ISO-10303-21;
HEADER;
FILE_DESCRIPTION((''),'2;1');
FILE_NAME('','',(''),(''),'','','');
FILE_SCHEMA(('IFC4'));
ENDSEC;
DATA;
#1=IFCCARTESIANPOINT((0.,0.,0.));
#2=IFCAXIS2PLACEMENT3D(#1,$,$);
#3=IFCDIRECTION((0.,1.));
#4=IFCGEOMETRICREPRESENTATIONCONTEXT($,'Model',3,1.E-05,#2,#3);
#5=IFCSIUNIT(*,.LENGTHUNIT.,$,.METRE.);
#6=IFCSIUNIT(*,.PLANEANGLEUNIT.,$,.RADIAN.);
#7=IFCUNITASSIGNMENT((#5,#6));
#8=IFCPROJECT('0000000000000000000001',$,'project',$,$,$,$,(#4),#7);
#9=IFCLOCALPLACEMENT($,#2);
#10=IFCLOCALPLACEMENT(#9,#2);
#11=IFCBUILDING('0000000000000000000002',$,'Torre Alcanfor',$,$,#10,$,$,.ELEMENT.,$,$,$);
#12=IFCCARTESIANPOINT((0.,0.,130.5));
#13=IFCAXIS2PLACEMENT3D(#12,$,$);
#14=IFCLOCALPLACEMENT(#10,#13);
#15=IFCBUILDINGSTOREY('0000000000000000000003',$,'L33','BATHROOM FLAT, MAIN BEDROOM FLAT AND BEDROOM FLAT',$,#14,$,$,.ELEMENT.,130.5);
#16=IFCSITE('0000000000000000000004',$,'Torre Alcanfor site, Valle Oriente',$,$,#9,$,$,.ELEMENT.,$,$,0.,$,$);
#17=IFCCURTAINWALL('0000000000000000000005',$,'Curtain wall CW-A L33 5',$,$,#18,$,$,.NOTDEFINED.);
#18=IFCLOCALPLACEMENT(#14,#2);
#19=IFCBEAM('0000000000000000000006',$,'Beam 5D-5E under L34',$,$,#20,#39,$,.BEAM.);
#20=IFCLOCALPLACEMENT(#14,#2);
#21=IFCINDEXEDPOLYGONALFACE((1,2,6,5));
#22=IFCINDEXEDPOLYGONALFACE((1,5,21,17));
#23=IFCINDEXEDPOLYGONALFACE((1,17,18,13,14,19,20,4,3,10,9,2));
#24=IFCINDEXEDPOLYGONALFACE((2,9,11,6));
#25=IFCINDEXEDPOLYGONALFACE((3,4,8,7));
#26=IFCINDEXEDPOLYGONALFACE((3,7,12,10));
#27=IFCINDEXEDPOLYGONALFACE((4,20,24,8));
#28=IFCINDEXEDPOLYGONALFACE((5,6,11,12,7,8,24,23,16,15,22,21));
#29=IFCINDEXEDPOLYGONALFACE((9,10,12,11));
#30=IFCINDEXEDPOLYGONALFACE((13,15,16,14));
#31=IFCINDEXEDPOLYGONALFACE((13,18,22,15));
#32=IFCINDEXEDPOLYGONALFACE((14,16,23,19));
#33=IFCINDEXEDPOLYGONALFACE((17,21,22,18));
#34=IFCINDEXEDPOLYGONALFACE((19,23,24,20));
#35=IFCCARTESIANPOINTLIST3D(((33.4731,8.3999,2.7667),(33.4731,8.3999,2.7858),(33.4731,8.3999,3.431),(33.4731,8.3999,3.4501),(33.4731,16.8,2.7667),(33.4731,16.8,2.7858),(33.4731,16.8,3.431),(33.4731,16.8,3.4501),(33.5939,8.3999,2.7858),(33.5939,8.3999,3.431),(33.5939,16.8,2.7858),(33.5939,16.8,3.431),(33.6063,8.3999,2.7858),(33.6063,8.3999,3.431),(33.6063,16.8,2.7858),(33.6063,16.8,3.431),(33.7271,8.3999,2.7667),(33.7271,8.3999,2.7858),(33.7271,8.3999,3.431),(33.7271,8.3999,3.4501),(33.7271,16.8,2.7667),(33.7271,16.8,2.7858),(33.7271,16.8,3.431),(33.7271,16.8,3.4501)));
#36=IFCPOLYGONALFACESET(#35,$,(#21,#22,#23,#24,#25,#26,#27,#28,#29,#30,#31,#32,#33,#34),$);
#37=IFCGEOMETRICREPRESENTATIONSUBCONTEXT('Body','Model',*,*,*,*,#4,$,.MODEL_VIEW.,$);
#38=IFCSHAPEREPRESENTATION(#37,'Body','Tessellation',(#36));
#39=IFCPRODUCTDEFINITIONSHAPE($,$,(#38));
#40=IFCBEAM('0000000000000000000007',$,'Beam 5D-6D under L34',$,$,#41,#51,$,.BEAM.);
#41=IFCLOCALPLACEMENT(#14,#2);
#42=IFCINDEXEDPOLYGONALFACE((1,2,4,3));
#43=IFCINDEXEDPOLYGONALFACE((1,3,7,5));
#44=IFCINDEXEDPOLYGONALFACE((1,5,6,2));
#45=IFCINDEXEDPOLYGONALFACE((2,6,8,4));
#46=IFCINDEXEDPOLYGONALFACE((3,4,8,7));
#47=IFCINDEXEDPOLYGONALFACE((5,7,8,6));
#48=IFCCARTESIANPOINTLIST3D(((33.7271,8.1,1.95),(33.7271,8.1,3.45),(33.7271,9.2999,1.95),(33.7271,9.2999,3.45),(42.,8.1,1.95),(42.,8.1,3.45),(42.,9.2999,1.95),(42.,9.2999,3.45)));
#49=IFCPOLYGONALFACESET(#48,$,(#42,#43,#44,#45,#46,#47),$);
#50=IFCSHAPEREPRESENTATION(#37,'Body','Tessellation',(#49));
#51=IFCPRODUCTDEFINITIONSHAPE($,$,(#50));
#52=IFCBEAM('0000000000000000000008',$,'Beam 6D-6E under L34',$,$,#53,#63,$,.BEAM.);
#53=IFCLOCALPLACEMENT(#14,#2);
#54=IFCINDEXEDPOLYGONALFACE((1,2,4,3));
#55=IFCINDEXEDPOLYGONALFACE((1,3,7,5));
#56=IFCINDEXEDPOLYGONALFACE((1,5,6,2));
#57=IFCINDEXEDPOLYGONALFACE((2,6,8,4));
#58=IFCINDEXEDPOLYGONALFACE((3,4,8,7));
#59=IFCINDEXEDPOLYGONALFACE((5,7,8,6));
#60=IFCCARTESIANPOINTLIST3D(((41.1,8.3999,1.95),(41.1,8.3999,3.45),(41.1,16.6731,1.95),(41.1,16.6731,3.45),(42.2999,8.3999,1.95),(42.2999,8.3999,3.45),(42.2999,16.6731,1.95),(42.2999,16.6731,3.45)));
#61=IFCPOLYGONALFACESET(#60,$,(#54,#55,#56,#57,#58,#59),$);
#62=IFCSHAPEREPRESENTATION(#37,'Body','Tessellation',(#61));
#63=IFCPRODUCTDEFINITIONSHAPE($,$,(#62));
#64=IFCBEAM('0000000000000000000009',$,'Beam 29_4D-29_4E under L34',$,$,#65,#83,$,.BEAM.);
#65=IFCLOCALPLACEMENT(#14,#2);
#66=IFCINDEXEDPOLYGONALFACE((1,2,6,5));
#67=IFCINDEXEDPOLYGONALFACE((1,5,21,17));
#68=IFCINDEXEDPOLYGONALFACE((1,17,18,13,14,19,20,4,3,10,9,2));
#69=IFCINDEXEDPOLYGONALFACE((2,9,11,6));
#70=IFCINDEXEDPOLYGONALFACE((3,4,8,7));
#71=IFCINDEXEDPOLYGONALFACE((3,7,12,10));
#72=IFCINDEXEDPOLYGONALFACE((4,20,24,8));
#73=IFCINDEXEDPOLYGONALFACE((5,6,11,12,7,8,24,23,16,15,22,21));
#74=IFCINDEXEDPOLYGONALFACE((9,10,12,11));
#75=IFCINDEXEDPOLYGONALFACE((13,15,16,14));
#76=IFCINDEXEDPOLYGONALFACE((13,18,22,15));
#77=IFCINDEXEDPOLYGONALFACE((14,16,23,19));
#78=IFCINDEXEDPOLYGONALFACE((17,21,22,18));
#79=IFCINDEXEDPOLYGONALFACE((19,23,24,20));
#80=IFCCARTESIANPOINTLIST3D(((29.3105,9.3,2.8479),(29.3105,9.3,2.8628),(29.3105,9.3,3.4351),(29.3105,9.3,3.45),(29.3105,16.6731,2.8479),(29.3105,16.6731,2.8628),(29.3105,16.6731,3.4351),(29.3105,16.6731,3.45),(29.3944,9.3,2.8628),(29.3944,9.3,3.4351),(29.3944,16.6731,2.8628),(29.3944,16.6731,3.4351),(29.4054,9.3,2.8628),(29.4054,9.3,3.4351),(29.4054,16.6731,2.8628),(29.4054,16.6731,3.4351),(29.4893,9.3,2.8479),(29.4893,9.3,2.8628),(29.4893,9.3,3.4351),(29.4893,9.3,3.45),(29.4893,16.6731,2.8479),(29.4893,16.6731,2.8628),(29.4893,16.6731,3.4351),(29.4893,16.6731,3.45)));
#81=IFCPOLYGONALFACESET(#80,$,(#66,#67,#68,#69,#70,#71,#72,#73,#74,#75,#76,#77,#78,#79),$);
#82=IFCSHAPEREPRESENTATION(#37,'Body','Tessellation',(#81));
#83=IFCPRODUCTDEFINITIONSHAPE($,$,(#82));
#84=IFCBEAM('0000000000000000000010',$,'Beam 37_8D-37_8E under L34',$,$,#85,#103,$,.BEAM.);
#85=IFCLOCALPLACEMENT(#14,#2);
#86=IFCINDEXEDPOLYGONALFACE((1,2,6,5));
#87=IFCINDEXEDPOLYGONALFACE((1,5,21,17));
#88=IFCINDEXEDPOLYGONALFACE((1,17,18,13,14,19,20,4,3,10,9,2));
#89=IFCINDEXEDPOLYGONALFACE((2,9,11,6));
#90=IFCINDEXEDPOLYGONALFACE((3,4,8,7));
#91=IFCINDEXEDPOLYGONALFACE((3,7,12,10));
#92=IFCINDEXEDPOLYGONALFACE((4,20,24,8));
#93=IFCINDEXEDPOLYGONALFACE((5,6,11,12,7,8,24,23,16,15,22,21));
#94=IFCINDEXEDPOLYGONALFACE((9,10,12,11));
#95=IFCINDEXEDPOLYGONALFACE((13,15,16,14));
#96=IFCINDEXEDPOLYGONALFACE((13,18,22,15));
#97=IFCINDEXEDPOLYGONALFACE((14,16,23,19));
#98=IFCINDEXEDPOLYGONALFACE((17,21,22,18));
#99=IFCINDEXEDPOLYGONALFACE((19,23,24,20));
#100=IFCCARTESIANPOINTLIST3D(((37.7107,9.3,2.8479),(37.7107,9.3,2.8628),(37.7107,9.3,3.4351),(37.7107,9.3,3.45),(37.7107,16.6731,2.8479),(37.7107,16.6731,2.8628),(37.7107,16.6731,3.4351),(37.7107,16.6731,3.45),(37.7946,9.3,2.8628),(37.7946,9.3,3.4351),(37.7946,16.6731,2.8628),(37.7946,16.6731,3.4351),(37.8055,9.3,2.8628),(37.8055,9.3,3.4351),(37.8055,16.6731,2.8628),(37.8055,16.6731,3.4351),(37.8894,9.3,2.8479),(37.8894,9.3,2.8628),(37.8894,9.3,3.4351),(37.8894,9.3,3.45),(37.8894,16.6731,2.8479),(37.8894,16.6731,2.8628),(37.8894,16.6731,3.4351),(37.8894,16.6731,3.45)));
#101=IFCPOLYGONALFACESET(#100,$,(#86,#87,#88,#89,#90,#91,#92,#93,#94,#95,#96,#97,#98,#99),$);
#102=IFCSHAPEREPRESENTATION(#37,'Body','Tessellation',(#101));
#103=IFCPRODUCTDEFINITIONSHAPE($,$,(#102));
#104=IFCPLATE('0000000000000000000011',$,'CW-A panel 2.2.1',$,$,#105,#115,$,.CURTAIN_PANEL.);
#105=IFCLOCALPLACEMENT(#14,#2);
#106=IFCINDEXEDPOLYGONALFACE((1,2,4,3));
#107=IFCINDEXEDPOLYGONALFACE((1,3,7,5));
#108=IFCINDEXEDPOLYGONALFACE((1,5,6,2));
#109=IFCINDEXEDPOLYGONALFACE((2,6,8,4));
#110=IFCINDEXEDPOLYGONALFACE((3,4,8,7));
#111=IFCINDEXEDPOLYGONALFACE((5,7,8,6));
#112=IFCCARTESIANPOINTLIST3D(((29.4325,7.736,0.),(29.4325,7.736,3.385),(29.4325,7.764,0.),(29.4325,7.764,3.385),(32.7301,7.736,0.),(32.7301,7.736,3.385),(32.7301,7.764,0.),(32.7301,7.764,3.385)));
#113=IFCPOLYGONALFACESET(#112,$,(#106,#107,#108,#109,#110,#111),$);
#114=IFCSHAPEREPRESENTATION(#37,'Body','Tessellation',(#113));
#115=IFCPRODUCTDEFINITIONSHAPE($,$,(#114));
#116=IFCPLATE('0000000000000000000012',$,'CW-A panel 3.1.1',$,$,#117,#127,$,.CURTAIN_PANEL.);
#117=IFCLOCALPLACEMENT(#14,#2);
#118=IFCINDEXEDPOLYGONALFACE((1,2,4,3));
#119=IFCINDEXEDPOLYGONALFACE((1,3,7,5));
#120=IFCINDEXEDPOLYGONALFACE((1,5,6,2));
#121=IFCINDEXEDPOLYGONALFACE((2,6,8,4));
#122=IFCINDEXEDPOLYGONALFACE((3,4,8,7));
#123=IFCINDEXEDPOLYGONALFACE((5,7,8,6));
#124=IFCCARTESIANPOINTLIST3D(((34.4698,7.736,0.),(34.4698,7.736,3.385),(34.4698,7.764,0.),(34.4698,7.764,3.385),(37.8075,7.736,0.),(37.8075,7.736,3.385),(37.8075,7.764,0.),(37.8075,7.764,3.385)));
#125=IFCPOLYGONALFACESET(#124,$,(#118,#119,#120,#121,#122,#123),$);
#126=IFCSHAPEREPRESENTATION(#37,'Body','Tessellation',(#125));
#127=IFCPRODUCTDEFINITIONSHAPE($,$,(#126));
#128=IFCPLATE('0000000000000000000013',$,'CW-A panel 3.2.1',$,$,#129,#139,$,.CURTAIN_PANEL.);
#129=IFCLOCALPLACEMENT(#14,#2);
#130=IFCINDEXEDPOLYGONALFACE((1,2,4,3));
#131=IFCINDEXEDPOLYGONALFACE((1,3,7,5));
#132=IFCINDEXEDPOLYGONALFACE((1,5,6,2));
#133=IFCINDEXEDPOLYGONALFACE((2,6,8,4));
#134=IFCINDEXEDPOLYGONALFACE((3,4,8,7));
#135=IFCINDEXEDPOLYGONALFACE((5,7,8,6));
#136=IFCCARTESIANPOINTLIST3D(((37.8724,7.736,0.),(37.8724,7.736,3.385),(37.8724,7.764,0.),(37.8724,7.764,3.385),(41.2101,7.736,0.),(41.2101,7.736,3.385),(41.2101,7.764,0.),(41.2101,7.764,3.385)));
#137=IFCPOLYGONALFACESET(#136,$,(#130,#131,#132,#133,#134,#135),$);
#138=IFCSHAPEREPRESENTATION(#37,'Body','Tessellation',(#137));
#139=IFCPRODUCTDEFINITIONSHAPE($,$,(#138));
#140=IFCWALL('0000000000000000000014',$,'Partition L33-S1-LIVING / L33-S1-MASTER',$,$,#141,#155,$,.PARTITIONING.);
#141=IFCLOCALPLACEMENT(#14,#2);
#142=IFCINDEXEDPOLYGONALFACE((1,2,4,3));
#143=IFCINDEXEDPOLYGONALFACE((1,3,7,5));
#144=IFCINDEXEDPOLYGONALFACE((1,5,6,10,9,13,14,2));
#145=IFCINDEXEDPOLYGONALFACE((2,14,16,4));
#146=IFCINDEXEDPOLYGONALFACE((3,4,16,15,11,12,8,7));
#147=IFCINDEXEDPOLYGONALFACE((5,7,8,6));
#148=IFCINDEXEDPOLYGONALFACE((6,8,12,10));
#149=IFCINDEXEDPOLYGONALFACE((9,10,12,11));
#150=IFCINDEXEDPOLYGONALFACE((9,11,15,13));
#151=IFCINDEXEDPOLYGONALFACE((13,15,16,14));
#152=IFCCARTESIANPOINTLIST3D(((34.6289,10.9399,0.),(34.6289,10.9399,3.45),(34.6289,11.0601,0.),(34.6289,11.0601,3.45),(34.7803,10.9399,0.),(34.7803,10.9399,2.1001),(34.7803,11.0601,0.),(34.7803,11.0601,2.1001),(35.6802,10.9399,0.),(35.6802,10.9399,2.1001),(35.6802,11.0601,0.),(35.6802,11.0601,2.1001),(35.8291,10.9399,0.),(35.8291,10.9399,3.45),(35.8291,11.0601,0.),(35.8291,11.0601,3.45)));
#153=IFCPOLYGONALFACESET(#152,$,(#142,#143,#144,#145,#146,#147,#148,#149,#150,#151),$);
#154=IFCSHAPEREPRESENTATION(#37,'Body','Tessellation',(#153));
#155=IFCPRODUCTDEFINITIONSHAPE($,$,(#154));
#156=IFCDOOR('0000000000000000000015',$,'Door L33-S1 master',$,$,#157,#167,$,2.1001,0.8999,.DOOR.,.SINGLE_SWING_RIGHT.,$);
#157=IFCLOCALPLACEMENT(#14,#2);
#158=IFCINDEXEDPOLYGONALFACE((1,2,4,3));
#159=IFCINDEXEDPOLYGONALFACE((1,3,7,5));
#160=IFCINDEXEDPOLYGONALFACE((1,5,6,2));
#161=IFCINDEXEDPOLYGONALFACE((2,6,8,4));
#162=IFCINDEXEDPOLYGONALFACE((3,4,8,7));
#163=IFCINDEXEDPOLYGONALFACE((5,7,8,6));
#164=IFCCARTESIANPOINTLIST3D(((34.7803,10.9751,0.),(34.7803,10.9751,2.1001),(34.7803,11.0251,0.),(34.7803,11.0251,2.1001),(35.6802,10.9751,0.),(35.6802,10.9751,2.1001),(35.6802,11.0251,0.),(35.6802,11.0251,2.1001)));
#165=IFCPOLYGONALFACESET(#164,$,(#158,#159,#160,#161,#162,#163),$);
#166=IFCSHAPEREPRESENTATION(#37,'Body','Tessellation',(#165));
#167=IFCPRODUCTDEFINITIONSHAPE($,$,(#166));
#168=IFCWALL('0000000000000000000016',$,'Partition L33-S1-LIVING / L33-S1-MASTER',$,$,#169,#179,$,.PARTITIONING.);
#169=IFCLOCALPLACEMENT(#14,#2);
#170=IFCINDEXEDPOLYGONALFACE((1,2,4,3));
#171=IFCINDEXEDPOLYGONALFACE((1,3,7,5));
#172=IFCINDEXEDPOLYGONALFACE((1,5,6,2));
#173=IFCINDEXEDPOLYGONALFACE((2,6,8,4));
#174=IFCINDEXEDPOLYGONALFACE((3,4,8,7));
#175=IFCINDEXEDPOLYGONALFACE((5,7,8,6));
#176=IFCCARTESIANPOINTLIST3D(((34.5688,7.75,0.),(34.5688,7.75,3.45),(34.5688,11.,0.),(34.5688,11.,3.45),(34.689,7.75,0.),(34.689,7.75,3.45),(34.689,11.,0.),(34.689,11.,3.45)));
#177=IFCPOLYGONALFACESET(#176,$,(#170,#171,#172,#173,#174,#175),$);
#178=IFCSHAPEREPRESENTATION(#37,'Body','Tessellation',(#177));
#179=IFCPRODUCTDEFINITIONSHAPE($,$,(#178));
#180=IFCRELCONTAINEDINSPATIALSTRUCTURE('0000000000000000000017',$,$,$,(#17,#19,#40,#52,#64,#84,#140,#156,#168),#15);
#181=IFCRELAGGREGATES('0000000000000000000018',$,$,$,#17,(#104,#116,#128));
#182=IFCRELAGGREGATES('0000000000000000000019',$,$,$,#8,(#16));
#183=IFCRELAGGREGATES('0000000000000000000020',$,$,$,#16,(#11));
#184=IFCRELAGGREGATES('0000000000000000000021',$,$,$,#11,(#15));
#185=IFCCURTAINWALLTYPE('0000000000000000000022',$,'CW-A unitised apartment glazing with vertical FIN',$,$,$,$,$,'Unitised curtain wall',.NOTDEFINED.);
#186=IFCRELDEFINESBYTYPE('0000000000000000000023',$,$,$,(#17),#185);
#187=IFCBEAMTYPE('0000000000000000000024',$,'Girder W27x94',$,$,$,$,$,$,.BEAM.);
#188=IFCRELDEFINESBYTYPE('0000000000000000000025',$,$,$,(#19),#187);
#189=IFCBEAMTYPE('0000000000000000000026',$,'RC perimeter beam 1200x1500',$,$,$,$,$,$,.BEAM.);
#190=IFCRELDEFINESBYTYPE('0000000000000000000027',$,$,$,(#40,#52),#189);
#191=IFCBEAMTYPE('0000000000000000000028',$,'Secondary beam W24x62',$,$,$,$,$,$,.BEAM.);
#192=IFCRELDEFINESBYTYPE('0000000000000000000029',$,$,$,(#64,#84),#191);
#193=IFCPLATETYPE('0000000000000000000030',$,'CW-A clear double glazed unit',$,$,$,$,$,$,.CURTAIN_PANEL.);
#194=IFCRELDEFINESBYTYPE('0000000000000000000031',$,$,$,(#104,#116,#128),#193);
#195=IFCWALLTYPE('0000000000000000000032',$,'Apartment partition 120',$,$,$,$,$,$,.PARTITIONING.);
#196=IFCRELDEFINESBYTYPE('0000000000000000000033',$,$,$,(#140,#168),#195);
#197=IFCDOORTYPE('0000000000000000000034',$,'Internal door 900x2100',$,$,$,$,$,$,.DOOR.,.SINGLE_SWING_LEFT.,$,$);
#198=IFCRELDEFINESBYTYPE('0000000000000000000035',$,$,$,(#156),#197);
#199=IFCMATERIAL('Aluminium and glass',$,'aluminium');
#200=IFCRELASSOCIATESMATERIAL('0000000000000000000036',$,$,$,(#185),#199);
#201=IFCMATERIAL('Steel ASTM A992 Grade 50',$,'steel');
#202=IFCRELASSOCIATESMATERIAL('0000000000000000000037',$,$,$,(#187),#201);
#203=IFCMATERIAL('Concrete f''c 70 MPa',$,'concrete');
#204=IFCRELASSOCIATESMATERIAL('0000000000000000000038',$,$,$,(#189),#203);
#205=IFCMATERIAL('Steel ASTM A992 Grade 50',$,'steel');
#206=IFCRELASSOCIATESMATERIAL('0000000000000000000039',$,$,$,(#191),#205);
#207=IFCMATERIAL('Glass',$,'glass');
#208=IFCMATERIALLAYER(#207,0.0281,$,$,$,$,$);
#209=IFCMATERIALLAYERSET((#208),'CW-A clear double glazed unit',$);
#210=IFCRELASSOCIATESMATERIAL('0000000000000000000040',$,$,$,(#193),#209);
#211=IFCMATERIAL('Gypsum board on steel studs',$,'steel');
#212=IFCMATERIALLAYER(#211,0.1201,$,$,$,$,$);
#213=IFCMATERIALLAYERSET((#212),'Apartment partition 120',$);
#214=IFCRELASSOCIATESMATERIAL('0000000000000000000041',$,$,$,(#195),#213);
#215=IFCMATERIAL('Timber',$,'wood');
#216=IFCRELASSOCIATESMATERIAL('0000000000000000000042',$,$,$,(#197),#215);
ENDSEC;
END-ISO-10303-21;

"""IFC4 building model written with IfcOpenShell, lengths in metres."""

from ifc_helpers import new_model, si_unit, direction, frame, frame_2d, origin, origin_2d, place, context, subcontext, project, spatial, rectangle, i_section, extrude, material, layer, layer_set, material_profile, profile_set, type_object, element, fill, aggregate, save


model = new_model("IFC4")

# Units and contexts
model_context = context("Model", 3, precision=1e-05, world=origin(), true_north=direction((0.0, 1.0)))
body_context = subcontext(model_context, "Body", "Model", "MODEL_VIEW")
ifc_project = project(units=[si_unit("LENGTHUNIT", "METRE"), si_unit("PLANEANGLEUNIT", "RADIAN")], contexts=[model_context])

# Site, building, storey
site_placement = place(None, origin())
site = spatial("IfcSite", under=ifc_project, at=site_placement, Name="Torre Alcanfor site, Valle Oriente", CompositionType="ELEMENT", RefElevation=0.0)
building_placement = place(site_placement, origin())
building = spatial("IfcBuilding", under=site, at=building_placement, Name="Torre Alcanfor", CompositionType="ELEMENT")
storey_placement = place(building_placement, frame((0.0, 0.0, 130.5)))
storey = spatial("IfcBuildingStorey", under=building, at=storey_placement, Name="L33", Description="BATHROOM FLAT, MAIN BEDROOM FLAT AND BEDROOM FLAT", CompositionType="ELEMENT", Elevation=130.5)

# Curtain wall
ifc_material_1 = material(Name="Aluminium and glass", Category="aluminium")
curtain_wall_type = type_object("IfcCurtainWallType", Name="CW-A unitised apartment glazing with vertical FIN", ElementType="Unitised curtain wall", PredefinedType="NOTDEFINED", material=ifc_material_1)
curtain_wall_placement = place(storey_placement, origin())
curtain_wall = element("IfcCurtainWall", 1, at=curtain_wall_placement, inside=storey, type_object=curtain_wall_type, Name="Curtain wall CW-A L33 5", PredefinedType="NOTDEFINED")

# Beams
ifc_material_2 = material(Name="Steel ASTM A992 Grade 50", Category="steel")
ifc_material_profile_1 = material_profile(ifc_material_2, i_section(OverallWidth=0.2539, OverallDepth=0.6833, WebThickness=0.0125, FlangeThickness=0.019, at=origin_2d()), Name="W27x94")
ifc_profile_set_1 = profile_set([ifc_material_profile_1], Name="Steel ASTM A992 Grade 50")
beam_type_1 = type_object("IfcBeamType", Name="Girder W27x94", PredefinedType="BEAM", material=ifc_profile_set_1)
beam_1_placement = place(storey_placement, frame((33.6001, 8.3999, 3.1084), z_axis=(0.0, 1.0, 0.0), x_axis=(-1.0, 0.0, 0.0)))
element("IfcBeam", 2, at=beam_1_placement, inside=storey, type_object=beam_type_1, Name="Beam 5D-5E under L34", PredefinedType="BEAM", context=body_context, shape_type="SweptSolid", body=[
    extrude(i_section(OverallWidth=0.2539, OverallDepth=0.6833, WebThickness=0.0125, FlangeThickness=0.019, at=origin_2d()), origin(), (0.0, 0.0, 1.0), 8.4001),
])
ifc_material_3 = material(Name="Concrete f'c 70 MPa", Category="concrete")
ifc_material_profile_2 = material_profile(ifc_material_3, rectangle(XDim=1.2, YDim=1.5, at=origin_2d()), Name="1200x1500")
ifc_profile_set_2 = profile_set([ifc_material_profile_2], Name="Concrete f'c 70 MPa")
beam_type_2 = type_object("IfcBeamType", Name="RC perimeter beam 1200x1500", PredefinedType="BEAM", material=ifc_profile_set_2)
beam_2_placement = place(storey_placement, frame((33.7271, 8.7, 2.7), z_axis=(1.0, 0.0, 0.0), x_axis=(0.0, 1.0, 0.0)))
element("IfcBeam", 3, at=beam_2_placement, inside=storey, type_object=beam_type_2, Name="Beam 5D-6D under L34", PredefinedType="BEAM", context=body_context, shape_type="SweptSolid", body=[
    extrude(rectangle(XDim=1.2, YDim=1.5, at=origin_2d()), origin(), (0.0, 0.0, 1.0), 8.2729),
])
beam_3_placement = place(storey_placement, frame((41.7, 8.3999, 2.7), z_axis=(0.0, 1.0, 0.0), x_axis=(-1.0, 0.0, 0.0)))
element("IfcBeam", 4, at=beam_3_placement, inside=storey, type_object=beam_type_2, Name="Beam 6D-6E under L34", PredefinedType="BEAM", context=body_context, shape_type="SweptSolid", body=[
    extrude(rectangle(XDim=1.2, YDim=1.5, at=origin_2d()), origin(), (0.0, 0.0, 1.0), 8.2732),
])
ifc_material_4 = material(Name="Steel ASTM A992 Grade 50", Category="steel")
ifc_material_profile_3 = material_profile(ifc_material_4, i_section(OverallWidth=0.1787, OverallDepth=0.6021, WebThickness=0.011, FlangeThickness=0.0149, at=origin_2d()), Name="W24x62")
ifc_profile_set_3 = profile_set([ifc_material_profile_3], Name="Steel ASTM A992 Grade 50")
beam_type_3 = type_object("IfcBeamType", Name="Secondary beam W24x62", PredefinedType="BEAM", material=ifc_profile_set_3)
for number, where, z_axis, x_axis, name in (
    (5, (29.3999, 9.3, 3.1489), (0.0, 1.0, 0.0), (-1.0, 0.0, 0.0), "Beam 29_4D-29_4E under L34"),
    (6, (37.8, 9.3, 3.1489), (0.0, 1.0, 0.0), (-1.0, 0.0, 0.0), "Beam 37_8D-37_8E under L34"),
):
    element("IfcBeam", number, at=place(storey_placement, frame(where, z_axis=z_axis, x_axis=x_axis)), inside=storey, type_object=beam_type_3, Name=name, PredefinedType="BEAM", context=body_context, shape_type="SweptSolid", body=[
        extrude(i_section(OverallWidth=0.1787, OverallDepth=0.6021, WebThickness=0.011, FlangeThickness=0.0149, at=origin_2d()), origin(), (0.0, 0.0, 1.0), 7.373),
    ])

# Plates
ifc_material_5 = material(Name="Glass", Category="glass")
ifc_layer_1 = layer(ifc_material_5, 0.0281)
ifc_layer_set_1 = layer_set([ifc_layer_1], Name="CW-A clear double glazed unit")
plate_type = type_object("IfcPlateType", Name="CW-A clear double glazed unit", PredefinedType="CURTAIN_PANEL", material=ifc_layer_set_1)
plate_1_placement = place(storey_placement, frame((31.0813, 7.75, 0.0), z_axis=(0.0, 0.0, 1.0), x_axis=(1.0, 0.0, 0.0)))
plate_1 = element("IfcPlate", 7, at=plate_1_placement, type_object=plate_type, Name="CW-A panel 2.2.1", PredefinedType="CURTAIN_PANEL", context=body_context, shape_type="SweptSolid", body=[
    extrude(rectangle(XDim=3.2976, YDim=0.0281, at=origin_2d()), origin(), (0.0, 0.0, 1.0), 3.385),
])
plate_2_placement = place(storey_placement, frame((36.1387, 7.75, 0.0), z_axis=(0.0, 0.0, 1.0), x_axis=(1.0, 0.0, 0.0)))
plate_2 = element("IfcPlate", 8, at=plate_2_placement, type_object=plate_type, Name="CW-A panel 3.1.1", PredefinedType="CURTAIN_PANEL", context=body_context, shape_type="SweptSolid", body=[
    extrude(rectangle(XDim=3.3376, YDim=0.0281, at=origin_2d()), origin(), (0.0, 0.0, 1.0), 3.385),
])
plate_3_placement = place(storey_placement, frame((39.5413, 7.75, 0.0), z_axis=(0.0, 0.0, 1.0), x_axis=(1.0, 0.0, 0.0)))
plate_3 = element("IfcPlate", 9, at=plate_3_placement, type_object=plate_type, Name="CW-A panel 3.2.1", PredefinedType="CURTAIN_PANEL", context=body_context, shape_type="SweptSolid", body=[
    extrude(rectangle(XDim=3.3376, YDim=0.0281, at=origin_2d()), origin(), (0.0, 0.0, 1.0), 3.385),
])
aggregate(curtain_wall, [plate_1, plate_2, plate_3])

# Wall, opening, door
ifc_material_6 = material(Name="Gypsum board on steel studs", Category="steel")
ifc_layer_2 = layer(ifc_material_6, 0.1201)
ifc_layer_set_2 = layer_set([ifc_layer_2], Name="Apartment partition 120")
wall_type_1 = type_object("IfcWallType", Name="Apartment partition 120", PredefinedType="PARTITIONING", material=ifc_layer_set_2)
wall_1_placement = place(storey_placement, frame((35.8291, 11.0, 0.0), z_axis=(0.0, 0.0, 1.0), x_axis=(-1.0, 0.0, 0.0)))
wall_1 = element("IfcWall", 10, at=wall_1_placement, inside=storey, type_object=wall_type_1, Name="Partition L33-S1-LIVING / L33-S1-MASTER", PredefinedType="PARTITIONING", context=body_context, shape_type="SweptSolid", body=[
    extrude(rectangle(XDim=1.2002, YDim=0.1201, at=frame_2d((0.6001, 0.0))), origin(), (0.0, 0.0, 1.0), 3.45),
])
opening_1_placement = place(wall_1_placement, frame((0.1489, 0.0, 0.0)))
opening_1 = element("IfcOpeningElement", 11, at=opening_1_placement, cuts=wall_1, PredefinedType="OPENING", context=body_context, shape_type="SweptSolid", body=[
    extrude(rectangle(XDim=0.8999, YDim=2.1001, at=frame_2d((0.45, 1.05))), frame((0.0, 0.0701, 0.0), z_axis=(0.0, -1.0, 0.0), x_axis=(1.0, 0.0, 0.0)), (0.0, 0.0, 1.0), 0.1401),
])
ifc_material_7 = material(Name="Timber", Category="wood")
door_type_1 = type_object("IfcDoorType", Name="Internal door 900x2100", OperationType="SINGLE_SWING_LEFT", PredefinedType="DOOR", material=ifc_material_7)
door_1_placement = place(opening_1_placement, origin())
door_1 = element("IfcDoor", 12, at=door_1_placement, inside=storey, type_object=door_type_1, Name="Door L33-S1 master", OperationType="SINGLE_SWING_RIGHT", OverallHeight=2.1001, OverallWidth=0.8999, PredefinedType="DOOR", context=body_context, shape_type="SweptSolid", body=[
    extrude(rectangle(XDim=0.8999, YDim=2.1001, at=frame_2d((0.45, 1.05))), frame((0.0, 0.0249, 0.0), z_axis=(0.0, -1.0, 0.0), x_axis=(1.0, 0.0, 0.0)), (0.0, 0.0, 1.0), 0.05),
])
fill(opening_1, door_1)

# Wall
wall_2_placement = place(storey_placement, frame((34.6289, 11.0, 0.0), z_axis=(0.0, 0.0, 1.0), x_axis=(0.0, -1.0, 0.0)))
element("IfcWall", 13, at=wall_2_placement, inside=storey, type_object=wall_type_1, Name="Partition L33-S1-LIVING / L33-S1-MASTER", PredefinedType="PARTITIONING", context=body_context, shape_type="SweptSolid", body=[
    extrude(rectangle(XDim=3.25, YDim=0.1201, at=frame_2d((1.625, 0.0))), origin(), (0.0, 0.0, 1.0), 3.45),
])

save(model, "model.ifc")
